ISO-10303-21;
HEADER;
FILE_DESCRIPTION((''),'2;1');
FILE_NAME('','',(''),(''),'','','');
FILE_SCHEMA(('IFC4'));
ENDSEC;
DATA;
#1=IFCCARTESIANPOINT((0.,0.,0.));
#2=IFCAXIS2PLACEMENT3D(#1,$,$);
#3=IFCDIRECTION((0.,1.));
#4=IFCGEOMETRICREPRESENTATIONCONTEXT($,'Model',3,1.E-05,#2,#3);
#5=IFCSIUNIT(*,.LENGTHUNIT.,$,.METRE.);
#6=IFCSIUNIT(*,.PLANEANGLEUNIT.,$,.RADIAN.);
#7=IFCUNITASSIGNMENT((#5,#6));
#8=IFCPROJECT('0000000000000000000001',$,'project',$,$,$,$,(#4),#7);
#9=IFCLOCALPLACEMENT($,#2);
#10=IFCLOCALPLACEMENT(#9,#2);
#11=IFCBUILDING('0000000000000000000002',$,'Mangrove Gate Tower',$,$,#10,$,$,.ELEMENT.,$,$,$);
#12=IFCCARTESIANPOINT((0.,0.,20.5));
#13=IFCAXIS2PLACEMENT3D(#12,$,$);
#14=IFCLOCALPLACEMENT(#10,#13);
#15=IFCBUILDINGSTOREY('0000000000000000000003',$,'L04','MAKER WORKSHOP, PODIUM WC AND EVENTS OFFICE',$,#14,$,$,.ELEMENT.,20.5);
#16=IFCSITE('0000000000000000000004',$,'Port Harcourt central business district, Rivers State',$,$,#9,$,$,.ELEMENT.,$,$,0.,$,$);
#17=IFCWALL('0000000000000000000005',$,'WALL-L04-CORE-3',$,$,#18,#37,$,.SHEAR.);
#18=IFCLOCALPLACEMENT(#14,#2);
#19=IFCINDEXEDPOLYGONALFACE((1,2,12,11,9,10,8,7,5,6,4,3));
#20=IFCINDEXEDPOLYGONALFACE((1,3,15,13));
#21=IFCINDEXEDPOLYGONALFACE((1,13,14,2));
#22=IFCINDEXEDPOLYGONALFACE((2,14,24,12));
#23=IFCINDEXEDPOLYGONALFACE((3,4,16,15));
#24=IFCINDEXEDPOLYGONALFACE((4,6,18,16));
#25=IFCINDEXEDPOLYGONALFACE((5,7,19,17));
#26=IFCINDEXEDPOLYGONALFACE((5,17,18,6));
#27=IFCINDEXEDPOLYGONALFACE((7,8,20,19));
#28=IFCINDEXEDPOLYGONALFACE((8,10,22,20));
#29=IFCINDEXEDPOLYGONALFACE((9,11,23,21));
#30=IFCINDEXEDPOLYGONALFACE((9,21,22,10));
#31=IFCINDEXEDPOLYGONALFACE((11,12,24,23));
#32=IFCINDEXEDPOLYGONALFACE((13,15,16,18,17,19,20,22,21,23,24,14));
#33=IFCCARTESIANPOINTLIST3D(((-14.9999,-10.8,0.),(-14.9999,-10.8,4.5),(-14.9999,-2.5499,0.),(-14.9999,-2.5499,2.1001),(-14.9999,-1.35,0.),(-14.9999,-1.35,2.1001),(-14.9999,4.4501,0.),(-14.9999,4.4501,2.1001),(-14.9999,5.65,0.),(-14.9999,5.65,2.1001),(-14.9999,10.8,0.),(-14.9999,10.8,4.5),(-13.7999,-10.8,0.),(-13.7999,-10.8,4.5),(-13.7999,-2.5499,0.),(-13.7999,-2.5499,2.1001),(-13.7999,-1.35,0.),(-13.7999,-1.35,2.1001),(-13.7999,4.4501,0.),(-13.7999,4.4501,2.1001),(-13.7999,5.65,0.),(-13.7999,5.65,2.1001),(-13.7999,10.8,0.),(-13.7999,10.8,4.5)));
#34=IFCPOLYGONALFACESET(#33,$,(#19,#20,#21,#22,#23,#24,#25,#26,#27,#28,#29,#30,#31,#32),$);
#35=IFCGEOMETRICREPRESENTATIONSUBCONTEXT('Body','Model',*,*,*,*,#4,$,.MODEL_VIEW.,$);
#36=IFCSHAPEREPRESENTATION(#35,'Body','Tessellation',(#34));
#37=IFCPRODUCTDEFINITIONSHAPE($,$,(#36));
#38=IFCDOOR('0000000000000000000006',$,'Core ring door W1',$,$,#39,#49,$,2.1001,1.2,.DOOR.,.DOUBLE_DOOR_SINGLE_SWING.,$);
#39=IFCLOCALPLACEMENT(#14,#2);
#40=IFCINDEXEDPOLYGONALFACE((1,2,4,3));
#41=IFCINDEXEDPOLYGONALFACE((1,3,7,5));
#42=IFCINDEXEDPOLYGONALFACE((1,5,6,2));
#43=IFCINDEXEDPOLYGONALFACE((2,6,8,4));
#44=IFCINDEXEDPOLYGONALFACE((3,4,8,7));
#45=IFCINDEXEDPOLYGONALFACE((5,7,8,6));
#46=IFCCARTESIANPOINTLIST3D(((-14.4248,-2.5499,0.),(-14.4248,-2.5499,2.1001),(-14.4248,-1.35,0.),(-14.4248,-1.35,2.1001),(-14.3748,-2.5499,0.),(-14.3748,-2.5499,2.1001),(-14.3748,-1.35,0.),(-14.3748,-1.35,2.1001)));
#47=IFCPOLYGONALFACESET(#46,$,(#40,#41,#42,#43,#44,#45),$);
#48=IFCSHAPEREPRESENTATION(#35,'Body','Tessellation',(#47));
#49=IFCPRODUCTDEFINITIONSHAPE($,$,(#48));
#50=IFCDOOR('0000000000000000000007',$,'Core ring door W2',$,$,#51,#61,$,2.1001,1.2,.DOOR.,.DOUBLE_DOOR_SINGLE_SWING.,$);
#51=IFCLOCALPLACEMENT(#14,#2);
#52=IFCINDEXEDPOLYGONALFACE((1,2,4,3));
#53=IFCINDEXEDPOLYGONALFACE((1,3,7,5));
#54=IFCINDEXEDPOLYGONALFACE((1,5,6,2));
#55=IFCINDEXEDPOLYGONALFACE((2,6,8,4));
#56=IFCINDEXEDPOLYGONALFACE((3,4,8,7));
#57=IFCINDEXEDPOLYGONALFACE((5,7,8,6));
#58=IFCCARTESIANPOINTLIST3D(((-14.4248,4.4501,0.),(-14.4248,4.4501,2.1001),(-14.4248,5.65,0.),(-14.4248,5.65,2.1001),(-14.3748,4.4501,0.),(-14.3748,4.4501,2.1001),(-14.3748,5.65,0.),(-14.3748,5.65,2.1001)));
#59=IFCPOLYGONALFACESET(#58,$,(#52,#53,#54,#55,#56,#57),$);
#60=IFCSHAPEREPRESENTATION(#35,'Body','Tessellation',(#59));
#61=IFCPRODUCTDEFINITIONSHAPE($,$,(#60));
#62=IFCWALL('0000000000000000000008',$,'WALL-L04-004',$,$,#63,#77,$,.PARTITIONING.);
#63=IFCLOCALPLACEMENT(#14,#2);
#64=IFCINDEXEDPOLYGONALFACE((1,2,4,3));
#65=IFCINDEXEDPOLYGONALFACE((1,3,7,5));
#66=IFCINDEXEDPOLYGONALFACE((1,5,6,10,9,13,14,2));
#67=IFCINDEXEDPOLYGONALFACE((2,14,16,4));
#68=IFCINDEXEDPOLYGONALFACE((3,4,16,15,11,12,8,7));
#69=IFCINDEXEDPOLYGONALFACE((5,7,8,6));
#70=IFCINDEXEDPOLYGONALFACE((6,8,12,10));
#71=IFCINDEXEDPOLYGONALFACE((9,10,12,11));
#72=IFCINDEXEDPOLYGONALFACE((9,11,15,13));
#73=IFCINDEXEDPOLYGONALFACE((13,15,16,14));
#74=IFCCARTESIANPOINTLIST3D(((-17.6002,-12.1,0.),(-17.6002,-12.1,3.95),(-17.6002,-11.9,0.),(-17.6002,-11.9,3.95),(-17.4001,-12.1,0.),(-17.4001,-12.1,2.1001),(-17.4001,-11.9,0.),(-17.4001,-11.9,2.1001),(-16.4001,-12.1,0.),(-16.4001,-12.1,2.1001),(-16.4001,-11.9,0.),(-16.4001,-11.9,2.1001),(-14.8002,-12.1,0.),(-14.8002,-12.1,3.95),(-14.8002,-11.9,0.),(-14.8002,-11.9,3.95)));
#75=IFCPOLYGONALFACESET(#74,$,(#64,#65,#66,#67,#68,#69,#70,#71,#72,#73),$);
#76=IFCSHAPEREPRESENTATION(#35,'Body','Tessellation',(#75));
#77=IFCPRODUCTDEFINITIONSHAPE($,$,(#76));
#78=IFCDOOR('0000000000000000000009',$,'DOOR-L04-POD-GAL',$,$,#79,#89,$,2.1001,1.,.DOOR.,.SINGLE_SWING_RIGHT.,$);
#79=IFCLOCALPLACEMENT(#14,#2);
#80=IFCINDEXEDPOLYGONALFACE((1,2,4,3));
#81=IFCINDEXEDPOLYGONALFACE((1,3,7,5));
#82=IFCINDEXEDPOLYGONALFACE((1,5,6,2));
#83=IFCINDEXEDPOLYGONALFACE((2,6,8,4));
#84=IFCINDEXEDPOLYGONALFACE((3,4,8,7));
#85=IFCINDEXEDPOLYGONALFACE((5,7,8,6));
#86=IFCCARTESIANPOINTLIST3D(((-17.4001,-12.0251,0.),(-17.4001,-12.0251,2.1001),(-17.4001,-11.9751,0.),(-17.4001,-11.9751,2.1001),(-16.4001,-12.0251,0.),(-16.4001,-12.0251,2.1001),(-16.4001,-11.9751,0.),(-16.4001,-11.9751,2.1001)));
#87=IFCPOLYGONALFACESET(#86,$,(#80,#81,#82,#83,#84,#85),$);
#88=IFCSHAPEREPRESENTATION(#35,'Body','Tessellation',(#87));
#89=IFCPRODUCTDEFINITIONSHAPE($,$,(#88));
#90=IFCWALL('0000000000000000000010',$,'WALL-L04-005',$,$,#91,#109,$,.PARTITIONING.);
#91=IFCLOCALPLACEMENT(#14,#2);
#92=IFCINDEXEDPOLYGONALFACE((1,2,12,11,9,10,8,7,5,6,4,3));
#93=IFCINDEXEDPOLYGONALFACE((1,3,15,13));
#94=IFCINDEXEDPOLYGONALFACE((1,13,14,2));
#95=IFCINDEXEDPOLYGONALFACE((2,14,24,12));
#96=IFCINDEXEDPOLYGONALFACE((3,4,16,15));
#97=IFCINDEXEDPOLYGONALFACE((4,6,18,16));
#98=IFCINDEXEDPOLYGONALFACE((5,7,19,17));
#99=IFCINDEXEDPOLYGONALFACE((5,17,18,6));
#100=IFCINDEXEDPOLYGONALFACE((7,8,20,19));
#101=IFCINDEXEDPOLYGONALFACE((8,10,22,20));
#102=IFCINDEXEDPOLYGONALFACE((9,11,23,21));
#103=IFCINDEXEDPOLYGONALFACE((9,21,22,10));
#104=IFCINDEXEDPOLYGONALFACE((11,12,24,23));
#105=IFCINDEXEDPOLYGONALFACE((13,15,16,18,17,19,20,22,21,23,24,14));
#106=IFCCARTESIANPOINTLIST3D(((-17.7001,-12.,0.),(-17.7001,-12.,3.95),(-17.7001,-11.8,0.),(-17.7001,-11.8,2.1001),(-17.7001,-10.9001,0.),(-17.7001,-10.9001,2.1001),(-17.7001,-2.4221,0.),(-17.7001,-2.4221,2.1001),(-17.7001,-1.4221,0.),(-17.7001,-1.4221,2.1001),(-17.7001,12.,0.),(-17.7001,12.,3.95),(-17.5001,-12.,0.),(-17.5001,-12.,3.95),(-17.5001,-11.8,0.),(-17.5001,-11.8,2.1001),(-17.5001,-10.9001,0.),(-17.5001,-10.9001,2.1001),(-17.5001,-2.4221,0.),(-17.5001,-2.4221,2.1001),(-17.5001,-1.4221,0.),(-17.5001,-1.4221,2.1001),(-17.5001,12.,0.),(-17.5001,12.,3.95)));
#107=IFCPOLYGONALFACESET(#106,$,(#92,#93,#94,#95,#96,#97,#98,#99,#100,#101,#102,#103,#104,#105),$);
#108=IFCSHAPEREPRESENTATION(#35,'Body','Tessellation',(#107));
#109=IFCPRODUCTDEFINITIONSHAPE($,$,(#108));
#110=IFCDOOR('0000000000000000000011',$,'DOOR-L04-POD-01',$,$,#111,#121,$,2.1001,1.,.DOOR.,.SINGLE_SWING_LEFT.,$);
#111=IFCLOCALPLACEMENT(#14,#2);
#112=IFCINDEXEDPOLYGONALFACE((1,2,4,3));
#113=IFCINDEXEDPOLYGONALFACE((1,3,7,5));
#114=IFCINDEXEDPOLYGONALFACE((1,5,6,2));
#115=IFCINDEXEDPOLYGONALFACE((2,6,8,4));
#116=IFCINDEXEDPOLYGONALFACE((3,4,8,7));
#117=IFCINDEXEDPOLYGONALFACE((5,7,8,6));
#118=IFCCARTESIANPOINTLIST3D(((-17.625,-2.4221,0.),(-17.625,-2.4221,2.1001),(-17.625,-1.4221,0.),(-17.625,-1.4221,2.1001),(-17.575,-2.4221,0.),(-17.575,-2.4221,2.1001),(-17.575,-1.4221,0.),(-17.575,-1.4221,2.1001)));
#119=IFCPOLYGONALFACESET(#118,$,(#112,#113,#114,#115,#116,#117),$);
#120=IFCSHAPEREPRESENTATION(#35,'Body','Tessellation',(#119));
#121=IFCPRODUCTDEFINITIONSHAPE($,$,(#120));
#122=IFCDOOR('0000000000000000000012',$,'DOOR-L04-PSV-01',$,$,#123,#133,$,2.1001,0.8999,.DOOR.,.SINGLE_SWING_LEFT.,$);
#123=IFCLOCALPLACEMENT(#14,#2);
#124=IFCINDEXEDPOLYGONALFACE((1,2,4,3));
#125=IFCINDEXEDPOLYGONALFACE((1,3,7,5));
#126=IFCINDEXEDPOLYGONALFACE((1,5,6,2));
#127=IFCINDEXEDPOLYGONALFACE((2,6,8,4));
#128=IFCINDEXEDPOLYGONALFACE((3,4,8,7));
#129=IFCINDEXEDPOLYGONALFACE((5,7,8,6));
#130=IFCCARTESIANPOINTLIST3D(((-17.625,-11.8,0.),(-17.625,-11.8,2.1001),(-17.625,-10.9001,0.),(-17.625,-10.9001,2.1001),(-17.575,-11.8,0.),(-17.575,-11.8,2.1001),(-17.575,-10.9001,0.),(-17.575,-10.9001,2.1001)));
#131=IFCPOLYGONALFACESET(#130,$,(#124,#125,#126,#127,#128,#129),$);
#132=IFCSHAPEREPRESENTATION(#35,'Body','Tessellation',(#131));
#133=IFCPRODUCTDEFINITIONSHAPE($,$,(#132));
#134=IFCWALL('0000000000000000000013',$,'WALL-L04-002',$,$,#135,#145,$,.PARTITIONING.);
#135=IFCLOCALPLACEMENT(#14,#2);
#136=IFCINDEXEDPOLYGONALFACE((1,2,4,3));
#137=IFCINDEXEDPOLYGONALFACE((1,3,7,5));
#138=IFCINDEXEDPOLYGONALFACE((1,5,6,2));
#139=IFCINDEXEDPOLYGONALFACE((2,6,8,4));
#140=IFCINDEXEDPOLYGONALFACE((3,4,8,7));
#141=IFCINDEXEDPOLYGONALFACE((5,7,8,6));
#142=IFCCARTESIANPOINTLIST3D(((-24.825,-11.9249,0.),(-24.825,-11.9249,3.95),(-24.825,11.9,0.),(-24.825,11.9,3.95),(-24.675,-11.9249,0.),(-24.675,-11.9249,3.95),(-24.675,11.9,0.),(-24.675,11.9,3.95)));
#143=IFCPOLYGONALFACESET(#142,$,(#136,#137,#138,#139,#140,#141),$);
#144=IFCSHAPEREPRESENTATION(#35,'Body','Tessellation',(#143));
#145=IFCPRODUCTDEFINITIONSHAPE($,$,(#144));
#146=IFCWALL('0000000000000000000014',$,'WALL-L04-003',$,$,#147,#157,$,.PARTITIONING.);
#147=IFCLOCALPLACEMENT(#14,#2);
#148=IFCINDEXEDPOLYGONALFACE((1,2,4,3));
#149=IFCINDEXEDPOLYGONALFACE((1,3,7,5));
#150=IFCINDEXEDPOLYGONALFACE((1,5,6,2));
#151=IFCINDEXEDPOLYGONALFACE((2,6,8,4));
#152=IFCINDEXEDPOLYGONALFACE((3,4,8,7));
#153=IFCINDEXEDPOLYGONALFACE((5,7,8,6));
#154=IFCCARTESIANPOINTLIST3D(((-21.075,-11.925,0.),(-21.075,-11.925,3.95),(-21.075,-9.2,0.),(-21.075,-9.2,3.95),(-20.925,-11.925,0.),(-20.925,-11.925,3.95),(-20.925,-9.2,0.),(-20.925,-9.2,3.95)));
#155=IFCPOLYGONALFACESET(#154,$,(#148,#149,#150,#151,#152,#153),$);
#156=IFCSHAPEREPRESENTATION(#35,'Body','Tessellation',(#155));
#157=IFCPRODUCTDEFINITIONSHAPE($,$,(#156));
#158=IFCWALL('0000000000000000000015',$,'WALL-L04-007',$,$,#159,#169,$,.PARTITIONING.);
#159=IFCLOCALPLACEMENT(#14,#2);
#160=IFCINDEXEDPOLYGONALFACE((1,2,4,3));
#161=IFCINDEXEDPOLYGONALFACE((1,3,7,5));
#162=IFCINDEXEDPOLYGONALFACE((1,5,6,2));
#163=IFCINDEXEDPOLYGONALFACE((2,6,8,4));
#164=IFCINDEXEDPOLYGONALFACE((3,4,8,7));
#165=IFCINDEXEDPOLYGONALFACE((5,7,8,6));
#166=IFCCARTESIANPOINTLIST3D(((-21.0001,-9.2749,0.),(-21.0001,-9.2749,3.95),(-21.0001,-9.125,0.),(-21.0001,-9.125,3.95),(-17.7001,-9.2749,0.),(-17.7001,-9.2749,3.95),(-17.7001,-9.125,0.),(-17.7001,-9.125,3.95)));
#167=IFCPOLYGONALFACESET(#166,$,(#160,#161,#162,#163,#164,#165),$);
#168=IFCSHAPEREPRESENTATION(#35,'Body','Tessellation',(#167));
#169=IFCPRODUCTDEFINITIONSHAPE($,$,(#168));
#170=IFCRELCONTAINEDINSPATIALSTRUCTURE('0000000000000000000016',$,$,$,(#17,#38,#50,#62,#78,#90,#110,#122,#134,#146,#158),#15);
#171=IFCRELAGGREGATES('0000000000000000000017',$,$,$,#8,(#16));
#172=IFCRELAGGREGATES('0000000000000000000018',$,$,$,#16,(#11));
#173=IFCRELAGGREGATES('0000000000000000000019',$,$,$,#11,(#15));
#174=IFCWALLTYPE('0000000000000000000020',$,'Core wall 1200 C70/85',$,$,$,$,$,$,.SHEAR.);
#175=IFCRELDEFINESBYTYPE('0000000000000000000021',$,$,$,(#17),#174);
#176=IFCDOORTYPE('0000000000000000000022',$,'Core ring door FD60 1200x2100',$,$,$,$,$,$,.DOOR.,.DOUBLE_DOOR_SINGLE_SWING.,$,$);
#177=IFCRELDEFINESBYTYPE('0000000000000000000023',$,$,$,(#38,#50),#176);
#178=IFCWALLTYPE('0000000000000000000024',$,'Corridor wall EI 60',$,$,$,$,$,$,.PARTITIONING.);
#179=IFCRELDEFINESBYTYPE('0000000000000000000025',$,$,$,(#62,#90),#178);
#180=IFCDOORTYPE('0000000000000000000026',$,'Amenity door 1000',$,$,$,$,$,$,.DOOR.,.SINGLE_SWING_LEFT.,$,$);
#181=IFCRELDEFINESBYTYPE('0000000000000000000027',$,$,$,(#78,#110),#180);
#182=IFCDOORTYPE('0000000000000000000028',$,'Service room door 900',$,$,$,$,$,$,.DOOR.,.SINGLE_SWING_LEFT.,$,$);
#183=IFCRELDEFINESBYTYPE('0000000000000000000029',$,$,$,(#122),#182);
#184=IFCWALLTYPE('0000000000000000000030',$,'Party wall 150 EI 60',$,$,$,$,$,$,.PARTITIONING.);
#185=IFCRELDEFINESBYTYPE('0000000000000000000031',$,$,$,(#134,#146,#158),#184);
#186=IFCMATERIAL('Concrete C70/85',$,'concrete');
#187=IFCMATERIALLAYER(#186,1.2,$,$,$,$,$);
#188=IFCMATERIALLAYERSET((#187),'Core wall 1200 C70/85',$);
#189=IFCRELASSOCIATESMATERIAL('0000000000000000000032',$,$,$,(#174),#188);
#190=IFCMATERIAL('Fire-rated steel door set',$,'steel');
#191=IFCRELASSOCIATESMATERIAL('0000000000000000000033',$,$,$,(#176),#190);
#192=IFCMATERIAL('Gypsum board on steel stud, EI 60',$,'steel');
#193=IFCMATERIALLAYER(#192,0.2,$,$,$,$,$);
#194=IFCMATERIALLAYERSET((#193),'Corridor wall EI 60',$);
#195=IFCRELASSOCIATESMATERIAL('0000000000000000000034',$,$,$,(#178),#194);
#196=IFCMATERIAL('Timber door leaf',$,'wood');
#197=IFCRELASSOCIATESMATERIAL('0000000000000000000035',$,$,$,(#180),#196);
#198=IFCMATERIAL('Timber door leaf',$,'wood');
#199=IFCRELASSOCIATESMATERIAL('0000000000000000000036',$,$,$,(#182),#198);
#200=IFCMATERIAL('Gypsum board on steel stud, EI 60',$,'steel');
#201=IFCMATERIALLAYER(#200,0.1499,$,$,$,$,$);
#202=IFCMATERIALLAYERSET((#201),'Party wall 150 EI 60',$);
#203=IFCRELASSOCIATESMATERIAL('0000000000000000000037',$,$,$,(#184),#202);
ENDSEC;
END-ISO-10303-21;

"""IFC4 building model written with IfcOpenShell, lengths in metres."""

from ifc_helpers import new_model, si_unit, direction, frame, frame_2d, origin, place, context, subcontext, project, spatial, rectangle, extrude, material, layer, layer_set, type_object, element, fill, save


model = new_model("IFC4")

# Units and contexts
model_context = context("Model", 3, precision=1e-05, world=origin(), true_north=direction((0.0, 1.0)))
body_context = subcontext(model_context, "Body", "Model", "MODEL_VIEW")
ifc_project = project(units=[si_unit("LENGTHUNIT", "METRE"), si_unit("PLANEANGLEUNIT", "RADIAN")], contexts=[model_context])

# Site, building, storey
site_placement = place(None, origin())
site = spatial("IfcSite", under=ifc_project, at=site_placement, Name="Port Harcourt central business district, Rivers State", CompositionType="ELEMENT", RefElevation=0.0)
building_placement = place(site_placement, origin())
building = spatial("IfcBuilding", under=site, at=building_placement, Name="Mangrove Gate Tower", CompositionType="ELEMENT")
storey_placement = place(building_placement, frame((0.0, 0.0, 20.5)))
storey = spatial("IfcBuildingStorey", under=building, at=storey_placement, Name="L04", Description="MAKER WORKSHOP, PODIUM WC AND EVENTS OFFICE", CompositionType="ELEMENT", Elevation=20.5)

# Shared definitions
ifc_material_1 = material(Name="Concrete C70/85", Category="concrete")
ifc_layer_1 = layer(ifc_material_1, 1.2)
ifc_layer_set_1 = layer_set([ifc_layer_1], Name="Core wall 1200 C70/85")
wall_type_1 = type_object("IfcWallType", Name="Core wall 1200 C70/85", PredefinedType="SHEAR", material=ifc_layer_set_1)

# Wall, openings, doors
wall_1_placement = place(storey_placement, frame((-14.3999, -10.8, 0.0), z_axis=(0.0, 0.0, 1.0), x_axis=(0.0, 1.0, 0.0)))
wall_1 = element("IfcWall", 1, at=wall_1_placement, inside=storey, type_object=wall_type_1, Name="WALL-L04-CORE-3", PredefinedType="SHEAR", context=body_context, shape_type="SweptSolid", body=[
    extrude(rectangle(XDim=21.6001, YDim=1.2, at=frame_2d((10.8, 0.0))), origin(), (0.0, 0.0, 1.0), 4.5),
])
opening_1_placement = place(wall_1_placement, frame((8.25, 0.0, 0.0)))
opening_1 = element("IfcOpeningElement", 2, at=opening_1_placement, cuts=wall_1, PredefinedType="OPENING", context=body_context, shape_type="SweptSolid", body=[
    extrude(rectangle(XDim=1.2, YDim=2.1001, at=frame_2d((0.6001, 1.05))), frame((0.0, 0.6099, 0.0), z_axis=(0.0, -1.0, 0.0), x_axis=(1.0, 0.0, 0.0)), (0.0, 0.0, 1.0), 1.22),
])
opening_2_placement = place(wall_1_placement, frame((15.25, 0.0, 0.0)))
opening_2 = element("IfcOpeningElement", 3, at=opening_2_placement, cuts=wall_1, PredefinedType="OPENING", context=body_context, shape_type="SweptSolid", body=[
    extrude(rectangle(XDim=1.2, YDim=2.1001, at=frame_2d((0.6001, 1.05))), frame((0.0, 0.6099, 0.0), z_axis=(0.0, -1.0, 0.0), x_axis=(1.0, 0.0, 0.0)), (0.0, 0.0, 1.0), 1.22),
])
ifc_material_2 = material(Name="Fire-rated steel door set", Category="steel")
door_type_1 = type_object("IfcDoorType", Name="Core ring door FD60 1200x2100", OperationType="DOUBLE_DOOR_SINGLE_SWING", PredefinedType="DOOR", material=ifc_material_2)
door_1_placement = place(opening_1_placement, origin())
door_1 = element("IfcDoor", 4, at=door_1_placement, inside=storey, type_object=door_type_1, Name="Core ring door W1", OperationType="DOUBLE_DOOR_SINGLE_SWING", OverallHeight=2.1001, OverallWidth=1.2, PredefinedType="DOOR", context=body_context, shape_type="SweptSolid", body=[
    extrude(rectangle(XDim=1.2, YDim=2.1001, at=frame_2d((0.6001, 1.05))), frame((0.0, 0.0249, 0.0), z_axis=(0.0, -1.0, 0.0), x_axis=(1.0, 0.0, 0.0)), (0.0, 0.0, 1.0), 0.05),
])
fill(opening_1, door_1)
door_2_placement = place(opening_2_placement, origin())
door_2 = element("IfcDoor", 5, at=door_2_placement, inside=storey, type_object=door_type_1, Name="Core ring door W2", OperationType="DOUBLE_DOOR_SINGLE_SWING", OverallHeight=2.1001, OverallWidth=1.2, PredefinedType="DOOR", context=body_context, shape_type="SweptSolid", body=[
    extrude(rectangle(XDim=1.2, YDim=2.1001, at=frame_2d((0.6001, 1.05))), frame((0.0, 0.0249, 0.0), z_axis=(0.0, -1.0, 0.0), x_axis=(1.0, 0.0, 0.0)), (0.0, 0.0, 1.0), 0.05),
])
fill(opening_2, door_2)

# Wall, opening, door
ifc_material_3 = material(Name="Gypsum board on steel stud, EI 60", Category="steel")
ifc_layer_2 = layer(ifc_material_3, 0.2)
ifc_layer_set_2 = layer_set([ifc_layer_2], Name="Corridor wall EI 60")
wall_type_2 = type_object("IfcWallType", Name="Corridor wall EI 60", PredefinedType="PARTITIONING", material=ifc_layer_set_2)
wall_2_placement = place(storey_placement, frame((-17.6001, -12.0, 0.0), z_axis=(0.0, 0.0, 1.0), x_axis=(1.0, 0.0, 0.0)))
wall_2 = element("IfcWall", 6, at=wall_2_placement, inside=storey, type_object=wall_type_2, Name="WALL-L04-004", PredefinedType="PARTITIONING", context=body_context, shape_type="SweptSolid", body=[
    extrude(rectangle(XDim=2.8, YDim=0.2, at=frame_2d((1.3999, 0.0))), origin(), (0.0, 0.0, 1.0), 3.95),
])
opening_3_placement = place(wall_2_placement, frame((0.2, 0.0, 0.0)))
opening_3 = element("IfcOpeningElement", 7, at=opening_3_placement, cuts=wall_2, PredefinedType="OPENING", context=body_context, shape_type="SweptSolid", body=[
    extrude(rectangle(XDim=1.0, YDim=2.1001, at=frame_2d((0.5, 1.05))), frame((0.0, 0.1099, 0.0), z_axis=(0.0, -1.0, 0.0), x_axis=(1.0, 0.0, 0.0)), (0.0, 0.0, 1.0), 0.22),
])
ifc_material_4 = material(Name="Timber door leaf", Category="wood")
door_type_2 = type_object("IfcDoorType", Name="Amenity door 1000", OperationType="SINGLE_SWING_LEFT", PredefinedType="DOOR", material=ifc_material_4)
door_3_placement = place(opening_3_placement, origin())
door_3 = element("IfcDoor", 8, at=door_3_placement, inside=storey, type_object=door_type_2, Name="DOOR-L04-POD-GAL", OperationType="SINGLE_SWING_RIGHT", OverallHeight=2.1001, OverallWidth=1.0, PredefinedType="DOOR", context=body_context, shape_type="SweptSolid", body=[
    extrude(rectangle(XDim=1.0, YDim=2.1001, at=frame_2d((0.5, 1.05))), frame((0.0, 0.0249, 0.0), z_axis=(0.0, -1.0, 0.0), x_axis=(1.0, 0.0, 0.0)), (0.0, 0.0, 1.0), 0.05),
])
fill(opening_3, door_3)

# Wall, openings, doors
wall_3_placement = place(storey_placement, frame((-17.6001, -12.0, 0.0), z_axis=(0.0, 0.0, 1.0), x_axis=(0.0, 1.0, 0.0)))
wall_3 = element("IfcWall", 9, at=wall_3_placement, inside=storey, type_object=wall_type_2, Name="WALL-L04-005", PredefinedType="PARTITIONING", context=body_context, shape_type="SweptSolid", body=[
    extrude(rectangle(XDim=24.0, YDim=0.2, at=frame_2d((12.0, 0.0))), origin(), (0.0, 0.0, 1.0), 3.95),
])
opening_4_placement = place(wall_3_placement, frame((9.5779, 0.0, 0.0)))
opening_4 = element("IfcOpeningElement", 10, at=opening_4_placement, cuts=wall_3, PredefinedType="OPENING", context=body_context, shape_type="SweptSolid", body=[
    extrude(rectangle(XDim=1.0, YDim=2.1001, at=frame_2d((0.5, 1.05))), frame((0.0, 0.1099, 0.0), z_axis=(0.0, -1.0, 0.0), x_axis=(1.0, 0.0, 0.0)), (0.0, 0.0, 1.0), 0.22),
])
opening_5_placement = place(wall_3_placement, frame((0.2, 0.0, 0.0)))
opening_5 = element("IfcOpeningElement", 11, at=opening_5_placement, cuts=wall_3, PredefinedType="OPENING", context=body_context, shape_type="SweptSolid", body=[
    extrude(rectangle(XDim=0.8999, YDim=2.1001, at=frame_2d((0.45, 1.05))), frame((0.0, 0.1099, 0.0), z_axis=(0.0, -1.0, 0.0), x_axis=(1.0, 0.0, 0.0)), (0.0, 0.0, 1.0), 0.22),
])
door_4_placement = place(opening_4_placement, origin())
door_4 = element("IfcDoor", 12, at=door_4_placement, inside=storey, type_object=door_type_2, Name="DOOR-L04-POD-01", OperationType="SINGLE_SWING_LEFT", OverallHeight=2.1001, OverallWidth=1.0, PredefinedType="DOOR", context=body_context, shape_type="SweptSolid", body=[
    extrude(rectangle(XDim=1.0, YDim=2.1001, at=frame_2d((0.5, 1.05))), frame((0.0, 0.0249, 0.0), z_axis=(0.0, -1.0, 0.0), x_axis=(1.0, 0.0, 0.0)), (0.0, 0.0, 1.0), 0.05),
])
fill(opening_4, door_4)
ifc_material_5 = material(Name="Timber door leaf", Category="wood")
door_type_3 = type_object("IfcDoorType", Name="Service room door 900", OperationType="SINGLE_SWING_LEFT", PredefinedType="DOOR", material=ifc_material_5)
door_5_placement = place(opening_5_placement, origin())
door_5 = element("IfcDoor", 13, at=door_5_placement, inside=storey, type_object=door_type_3, Name="DOOR-L04-PSV-01", OperationType="SINGLE_SWING_LEFT", OverallHeight=2.1001, OverallWidth=0.8999, PredefinedType="DOOR", context=body_context, shape_type="SweptSolid", body=[
    extrude(rectangle(XDim=0.8999, YDim=2.1001, at=frame_2d((0.45, 1.05))), frame((0.0, 0.0249, 0.0), z_axis=(0.0, -1.0, 0.0), x_axis=(1.0, 0.0, 0.0)), (0.0, 0.0, 1.0), 0.05),
])
fill(opening_5, door_5)

# Walls
ifc_material_6 = material(Name="Gypsum board on steel stud, EI 60", Category="steel")
ifc_layer_3 = layer(ifc_material_6, 0.1499)
ifc_layer_set_3 = layer_set([ifc_layer_3], Name="Party wall 150 EI 60")
wall_type_3 = type_object("IfcWallType", Name="Party wall 150 EI 60", PredefinedType="PARTITIONING", material=ifc_layer_set_3)
wall_4_placement = place(storey_placement, frame((-24.75, -11.925, 0.0), z_axis=(0.0, 0.0, 1.0), x_axis=(0.0, 1.0, 0.0)))
element("IfcWall", 14, at=wall_4_placement, inside=storey, type_object=wall_type_3, Name="WALL-L04-002", PredefinedType="PARTITIONING", context=body_context, shape_type="SweptSolid", body=[
    extrude(rectangle(XDim=23.825, YDim=0.1499, at=frame_2d((11.9126, 0.0))), origin(), (0.0, 0.0, 1.0), 3.95),
])
wall_5_placement = place(storey_placement, frame((-21.0, -11.925, 0.0), z_axis=(0.0, 0.0, 1.0), x_axis=(0.0, 1.0, 0.0)))
element("IfcWall", 15, at=wall_5_placement, inside=storey, type_object=wall_type_3, Name="WALL-L04-003", PredefinedType="PARTITIONING", context=body_context, shape_type="SweptSolid", body=[
    extrude(rectangle(XDim=2.7251, YDim=0.1499, at=frame_2d((1.3625, 0.0))), origin(), (0.0, 0.0, 1.0), 3.95),
])
wall_6_placement = place(storey_placement, frame((-21.0, -9.2, 0.0), z_axis=(0.0, 0.0, 1.0), x_axis=(1.0, 0.0, 0.0)))
element("IfcWall", 16, at=wall_6_placement, inside=storey, type_object=wall_type_3, Name="WALL-L04-007", PredefinedType="PARTITIONING", context=body_context, shape_type="SweptSolid", body=[
    extrude(rectangle(XDim=3.3, YDim=0.1499, at=frame_2d((1.6499, 0.0))), origin(), (0.0, 0.0, 1.0), 3.95),
])

save(model, "model.ifc")
